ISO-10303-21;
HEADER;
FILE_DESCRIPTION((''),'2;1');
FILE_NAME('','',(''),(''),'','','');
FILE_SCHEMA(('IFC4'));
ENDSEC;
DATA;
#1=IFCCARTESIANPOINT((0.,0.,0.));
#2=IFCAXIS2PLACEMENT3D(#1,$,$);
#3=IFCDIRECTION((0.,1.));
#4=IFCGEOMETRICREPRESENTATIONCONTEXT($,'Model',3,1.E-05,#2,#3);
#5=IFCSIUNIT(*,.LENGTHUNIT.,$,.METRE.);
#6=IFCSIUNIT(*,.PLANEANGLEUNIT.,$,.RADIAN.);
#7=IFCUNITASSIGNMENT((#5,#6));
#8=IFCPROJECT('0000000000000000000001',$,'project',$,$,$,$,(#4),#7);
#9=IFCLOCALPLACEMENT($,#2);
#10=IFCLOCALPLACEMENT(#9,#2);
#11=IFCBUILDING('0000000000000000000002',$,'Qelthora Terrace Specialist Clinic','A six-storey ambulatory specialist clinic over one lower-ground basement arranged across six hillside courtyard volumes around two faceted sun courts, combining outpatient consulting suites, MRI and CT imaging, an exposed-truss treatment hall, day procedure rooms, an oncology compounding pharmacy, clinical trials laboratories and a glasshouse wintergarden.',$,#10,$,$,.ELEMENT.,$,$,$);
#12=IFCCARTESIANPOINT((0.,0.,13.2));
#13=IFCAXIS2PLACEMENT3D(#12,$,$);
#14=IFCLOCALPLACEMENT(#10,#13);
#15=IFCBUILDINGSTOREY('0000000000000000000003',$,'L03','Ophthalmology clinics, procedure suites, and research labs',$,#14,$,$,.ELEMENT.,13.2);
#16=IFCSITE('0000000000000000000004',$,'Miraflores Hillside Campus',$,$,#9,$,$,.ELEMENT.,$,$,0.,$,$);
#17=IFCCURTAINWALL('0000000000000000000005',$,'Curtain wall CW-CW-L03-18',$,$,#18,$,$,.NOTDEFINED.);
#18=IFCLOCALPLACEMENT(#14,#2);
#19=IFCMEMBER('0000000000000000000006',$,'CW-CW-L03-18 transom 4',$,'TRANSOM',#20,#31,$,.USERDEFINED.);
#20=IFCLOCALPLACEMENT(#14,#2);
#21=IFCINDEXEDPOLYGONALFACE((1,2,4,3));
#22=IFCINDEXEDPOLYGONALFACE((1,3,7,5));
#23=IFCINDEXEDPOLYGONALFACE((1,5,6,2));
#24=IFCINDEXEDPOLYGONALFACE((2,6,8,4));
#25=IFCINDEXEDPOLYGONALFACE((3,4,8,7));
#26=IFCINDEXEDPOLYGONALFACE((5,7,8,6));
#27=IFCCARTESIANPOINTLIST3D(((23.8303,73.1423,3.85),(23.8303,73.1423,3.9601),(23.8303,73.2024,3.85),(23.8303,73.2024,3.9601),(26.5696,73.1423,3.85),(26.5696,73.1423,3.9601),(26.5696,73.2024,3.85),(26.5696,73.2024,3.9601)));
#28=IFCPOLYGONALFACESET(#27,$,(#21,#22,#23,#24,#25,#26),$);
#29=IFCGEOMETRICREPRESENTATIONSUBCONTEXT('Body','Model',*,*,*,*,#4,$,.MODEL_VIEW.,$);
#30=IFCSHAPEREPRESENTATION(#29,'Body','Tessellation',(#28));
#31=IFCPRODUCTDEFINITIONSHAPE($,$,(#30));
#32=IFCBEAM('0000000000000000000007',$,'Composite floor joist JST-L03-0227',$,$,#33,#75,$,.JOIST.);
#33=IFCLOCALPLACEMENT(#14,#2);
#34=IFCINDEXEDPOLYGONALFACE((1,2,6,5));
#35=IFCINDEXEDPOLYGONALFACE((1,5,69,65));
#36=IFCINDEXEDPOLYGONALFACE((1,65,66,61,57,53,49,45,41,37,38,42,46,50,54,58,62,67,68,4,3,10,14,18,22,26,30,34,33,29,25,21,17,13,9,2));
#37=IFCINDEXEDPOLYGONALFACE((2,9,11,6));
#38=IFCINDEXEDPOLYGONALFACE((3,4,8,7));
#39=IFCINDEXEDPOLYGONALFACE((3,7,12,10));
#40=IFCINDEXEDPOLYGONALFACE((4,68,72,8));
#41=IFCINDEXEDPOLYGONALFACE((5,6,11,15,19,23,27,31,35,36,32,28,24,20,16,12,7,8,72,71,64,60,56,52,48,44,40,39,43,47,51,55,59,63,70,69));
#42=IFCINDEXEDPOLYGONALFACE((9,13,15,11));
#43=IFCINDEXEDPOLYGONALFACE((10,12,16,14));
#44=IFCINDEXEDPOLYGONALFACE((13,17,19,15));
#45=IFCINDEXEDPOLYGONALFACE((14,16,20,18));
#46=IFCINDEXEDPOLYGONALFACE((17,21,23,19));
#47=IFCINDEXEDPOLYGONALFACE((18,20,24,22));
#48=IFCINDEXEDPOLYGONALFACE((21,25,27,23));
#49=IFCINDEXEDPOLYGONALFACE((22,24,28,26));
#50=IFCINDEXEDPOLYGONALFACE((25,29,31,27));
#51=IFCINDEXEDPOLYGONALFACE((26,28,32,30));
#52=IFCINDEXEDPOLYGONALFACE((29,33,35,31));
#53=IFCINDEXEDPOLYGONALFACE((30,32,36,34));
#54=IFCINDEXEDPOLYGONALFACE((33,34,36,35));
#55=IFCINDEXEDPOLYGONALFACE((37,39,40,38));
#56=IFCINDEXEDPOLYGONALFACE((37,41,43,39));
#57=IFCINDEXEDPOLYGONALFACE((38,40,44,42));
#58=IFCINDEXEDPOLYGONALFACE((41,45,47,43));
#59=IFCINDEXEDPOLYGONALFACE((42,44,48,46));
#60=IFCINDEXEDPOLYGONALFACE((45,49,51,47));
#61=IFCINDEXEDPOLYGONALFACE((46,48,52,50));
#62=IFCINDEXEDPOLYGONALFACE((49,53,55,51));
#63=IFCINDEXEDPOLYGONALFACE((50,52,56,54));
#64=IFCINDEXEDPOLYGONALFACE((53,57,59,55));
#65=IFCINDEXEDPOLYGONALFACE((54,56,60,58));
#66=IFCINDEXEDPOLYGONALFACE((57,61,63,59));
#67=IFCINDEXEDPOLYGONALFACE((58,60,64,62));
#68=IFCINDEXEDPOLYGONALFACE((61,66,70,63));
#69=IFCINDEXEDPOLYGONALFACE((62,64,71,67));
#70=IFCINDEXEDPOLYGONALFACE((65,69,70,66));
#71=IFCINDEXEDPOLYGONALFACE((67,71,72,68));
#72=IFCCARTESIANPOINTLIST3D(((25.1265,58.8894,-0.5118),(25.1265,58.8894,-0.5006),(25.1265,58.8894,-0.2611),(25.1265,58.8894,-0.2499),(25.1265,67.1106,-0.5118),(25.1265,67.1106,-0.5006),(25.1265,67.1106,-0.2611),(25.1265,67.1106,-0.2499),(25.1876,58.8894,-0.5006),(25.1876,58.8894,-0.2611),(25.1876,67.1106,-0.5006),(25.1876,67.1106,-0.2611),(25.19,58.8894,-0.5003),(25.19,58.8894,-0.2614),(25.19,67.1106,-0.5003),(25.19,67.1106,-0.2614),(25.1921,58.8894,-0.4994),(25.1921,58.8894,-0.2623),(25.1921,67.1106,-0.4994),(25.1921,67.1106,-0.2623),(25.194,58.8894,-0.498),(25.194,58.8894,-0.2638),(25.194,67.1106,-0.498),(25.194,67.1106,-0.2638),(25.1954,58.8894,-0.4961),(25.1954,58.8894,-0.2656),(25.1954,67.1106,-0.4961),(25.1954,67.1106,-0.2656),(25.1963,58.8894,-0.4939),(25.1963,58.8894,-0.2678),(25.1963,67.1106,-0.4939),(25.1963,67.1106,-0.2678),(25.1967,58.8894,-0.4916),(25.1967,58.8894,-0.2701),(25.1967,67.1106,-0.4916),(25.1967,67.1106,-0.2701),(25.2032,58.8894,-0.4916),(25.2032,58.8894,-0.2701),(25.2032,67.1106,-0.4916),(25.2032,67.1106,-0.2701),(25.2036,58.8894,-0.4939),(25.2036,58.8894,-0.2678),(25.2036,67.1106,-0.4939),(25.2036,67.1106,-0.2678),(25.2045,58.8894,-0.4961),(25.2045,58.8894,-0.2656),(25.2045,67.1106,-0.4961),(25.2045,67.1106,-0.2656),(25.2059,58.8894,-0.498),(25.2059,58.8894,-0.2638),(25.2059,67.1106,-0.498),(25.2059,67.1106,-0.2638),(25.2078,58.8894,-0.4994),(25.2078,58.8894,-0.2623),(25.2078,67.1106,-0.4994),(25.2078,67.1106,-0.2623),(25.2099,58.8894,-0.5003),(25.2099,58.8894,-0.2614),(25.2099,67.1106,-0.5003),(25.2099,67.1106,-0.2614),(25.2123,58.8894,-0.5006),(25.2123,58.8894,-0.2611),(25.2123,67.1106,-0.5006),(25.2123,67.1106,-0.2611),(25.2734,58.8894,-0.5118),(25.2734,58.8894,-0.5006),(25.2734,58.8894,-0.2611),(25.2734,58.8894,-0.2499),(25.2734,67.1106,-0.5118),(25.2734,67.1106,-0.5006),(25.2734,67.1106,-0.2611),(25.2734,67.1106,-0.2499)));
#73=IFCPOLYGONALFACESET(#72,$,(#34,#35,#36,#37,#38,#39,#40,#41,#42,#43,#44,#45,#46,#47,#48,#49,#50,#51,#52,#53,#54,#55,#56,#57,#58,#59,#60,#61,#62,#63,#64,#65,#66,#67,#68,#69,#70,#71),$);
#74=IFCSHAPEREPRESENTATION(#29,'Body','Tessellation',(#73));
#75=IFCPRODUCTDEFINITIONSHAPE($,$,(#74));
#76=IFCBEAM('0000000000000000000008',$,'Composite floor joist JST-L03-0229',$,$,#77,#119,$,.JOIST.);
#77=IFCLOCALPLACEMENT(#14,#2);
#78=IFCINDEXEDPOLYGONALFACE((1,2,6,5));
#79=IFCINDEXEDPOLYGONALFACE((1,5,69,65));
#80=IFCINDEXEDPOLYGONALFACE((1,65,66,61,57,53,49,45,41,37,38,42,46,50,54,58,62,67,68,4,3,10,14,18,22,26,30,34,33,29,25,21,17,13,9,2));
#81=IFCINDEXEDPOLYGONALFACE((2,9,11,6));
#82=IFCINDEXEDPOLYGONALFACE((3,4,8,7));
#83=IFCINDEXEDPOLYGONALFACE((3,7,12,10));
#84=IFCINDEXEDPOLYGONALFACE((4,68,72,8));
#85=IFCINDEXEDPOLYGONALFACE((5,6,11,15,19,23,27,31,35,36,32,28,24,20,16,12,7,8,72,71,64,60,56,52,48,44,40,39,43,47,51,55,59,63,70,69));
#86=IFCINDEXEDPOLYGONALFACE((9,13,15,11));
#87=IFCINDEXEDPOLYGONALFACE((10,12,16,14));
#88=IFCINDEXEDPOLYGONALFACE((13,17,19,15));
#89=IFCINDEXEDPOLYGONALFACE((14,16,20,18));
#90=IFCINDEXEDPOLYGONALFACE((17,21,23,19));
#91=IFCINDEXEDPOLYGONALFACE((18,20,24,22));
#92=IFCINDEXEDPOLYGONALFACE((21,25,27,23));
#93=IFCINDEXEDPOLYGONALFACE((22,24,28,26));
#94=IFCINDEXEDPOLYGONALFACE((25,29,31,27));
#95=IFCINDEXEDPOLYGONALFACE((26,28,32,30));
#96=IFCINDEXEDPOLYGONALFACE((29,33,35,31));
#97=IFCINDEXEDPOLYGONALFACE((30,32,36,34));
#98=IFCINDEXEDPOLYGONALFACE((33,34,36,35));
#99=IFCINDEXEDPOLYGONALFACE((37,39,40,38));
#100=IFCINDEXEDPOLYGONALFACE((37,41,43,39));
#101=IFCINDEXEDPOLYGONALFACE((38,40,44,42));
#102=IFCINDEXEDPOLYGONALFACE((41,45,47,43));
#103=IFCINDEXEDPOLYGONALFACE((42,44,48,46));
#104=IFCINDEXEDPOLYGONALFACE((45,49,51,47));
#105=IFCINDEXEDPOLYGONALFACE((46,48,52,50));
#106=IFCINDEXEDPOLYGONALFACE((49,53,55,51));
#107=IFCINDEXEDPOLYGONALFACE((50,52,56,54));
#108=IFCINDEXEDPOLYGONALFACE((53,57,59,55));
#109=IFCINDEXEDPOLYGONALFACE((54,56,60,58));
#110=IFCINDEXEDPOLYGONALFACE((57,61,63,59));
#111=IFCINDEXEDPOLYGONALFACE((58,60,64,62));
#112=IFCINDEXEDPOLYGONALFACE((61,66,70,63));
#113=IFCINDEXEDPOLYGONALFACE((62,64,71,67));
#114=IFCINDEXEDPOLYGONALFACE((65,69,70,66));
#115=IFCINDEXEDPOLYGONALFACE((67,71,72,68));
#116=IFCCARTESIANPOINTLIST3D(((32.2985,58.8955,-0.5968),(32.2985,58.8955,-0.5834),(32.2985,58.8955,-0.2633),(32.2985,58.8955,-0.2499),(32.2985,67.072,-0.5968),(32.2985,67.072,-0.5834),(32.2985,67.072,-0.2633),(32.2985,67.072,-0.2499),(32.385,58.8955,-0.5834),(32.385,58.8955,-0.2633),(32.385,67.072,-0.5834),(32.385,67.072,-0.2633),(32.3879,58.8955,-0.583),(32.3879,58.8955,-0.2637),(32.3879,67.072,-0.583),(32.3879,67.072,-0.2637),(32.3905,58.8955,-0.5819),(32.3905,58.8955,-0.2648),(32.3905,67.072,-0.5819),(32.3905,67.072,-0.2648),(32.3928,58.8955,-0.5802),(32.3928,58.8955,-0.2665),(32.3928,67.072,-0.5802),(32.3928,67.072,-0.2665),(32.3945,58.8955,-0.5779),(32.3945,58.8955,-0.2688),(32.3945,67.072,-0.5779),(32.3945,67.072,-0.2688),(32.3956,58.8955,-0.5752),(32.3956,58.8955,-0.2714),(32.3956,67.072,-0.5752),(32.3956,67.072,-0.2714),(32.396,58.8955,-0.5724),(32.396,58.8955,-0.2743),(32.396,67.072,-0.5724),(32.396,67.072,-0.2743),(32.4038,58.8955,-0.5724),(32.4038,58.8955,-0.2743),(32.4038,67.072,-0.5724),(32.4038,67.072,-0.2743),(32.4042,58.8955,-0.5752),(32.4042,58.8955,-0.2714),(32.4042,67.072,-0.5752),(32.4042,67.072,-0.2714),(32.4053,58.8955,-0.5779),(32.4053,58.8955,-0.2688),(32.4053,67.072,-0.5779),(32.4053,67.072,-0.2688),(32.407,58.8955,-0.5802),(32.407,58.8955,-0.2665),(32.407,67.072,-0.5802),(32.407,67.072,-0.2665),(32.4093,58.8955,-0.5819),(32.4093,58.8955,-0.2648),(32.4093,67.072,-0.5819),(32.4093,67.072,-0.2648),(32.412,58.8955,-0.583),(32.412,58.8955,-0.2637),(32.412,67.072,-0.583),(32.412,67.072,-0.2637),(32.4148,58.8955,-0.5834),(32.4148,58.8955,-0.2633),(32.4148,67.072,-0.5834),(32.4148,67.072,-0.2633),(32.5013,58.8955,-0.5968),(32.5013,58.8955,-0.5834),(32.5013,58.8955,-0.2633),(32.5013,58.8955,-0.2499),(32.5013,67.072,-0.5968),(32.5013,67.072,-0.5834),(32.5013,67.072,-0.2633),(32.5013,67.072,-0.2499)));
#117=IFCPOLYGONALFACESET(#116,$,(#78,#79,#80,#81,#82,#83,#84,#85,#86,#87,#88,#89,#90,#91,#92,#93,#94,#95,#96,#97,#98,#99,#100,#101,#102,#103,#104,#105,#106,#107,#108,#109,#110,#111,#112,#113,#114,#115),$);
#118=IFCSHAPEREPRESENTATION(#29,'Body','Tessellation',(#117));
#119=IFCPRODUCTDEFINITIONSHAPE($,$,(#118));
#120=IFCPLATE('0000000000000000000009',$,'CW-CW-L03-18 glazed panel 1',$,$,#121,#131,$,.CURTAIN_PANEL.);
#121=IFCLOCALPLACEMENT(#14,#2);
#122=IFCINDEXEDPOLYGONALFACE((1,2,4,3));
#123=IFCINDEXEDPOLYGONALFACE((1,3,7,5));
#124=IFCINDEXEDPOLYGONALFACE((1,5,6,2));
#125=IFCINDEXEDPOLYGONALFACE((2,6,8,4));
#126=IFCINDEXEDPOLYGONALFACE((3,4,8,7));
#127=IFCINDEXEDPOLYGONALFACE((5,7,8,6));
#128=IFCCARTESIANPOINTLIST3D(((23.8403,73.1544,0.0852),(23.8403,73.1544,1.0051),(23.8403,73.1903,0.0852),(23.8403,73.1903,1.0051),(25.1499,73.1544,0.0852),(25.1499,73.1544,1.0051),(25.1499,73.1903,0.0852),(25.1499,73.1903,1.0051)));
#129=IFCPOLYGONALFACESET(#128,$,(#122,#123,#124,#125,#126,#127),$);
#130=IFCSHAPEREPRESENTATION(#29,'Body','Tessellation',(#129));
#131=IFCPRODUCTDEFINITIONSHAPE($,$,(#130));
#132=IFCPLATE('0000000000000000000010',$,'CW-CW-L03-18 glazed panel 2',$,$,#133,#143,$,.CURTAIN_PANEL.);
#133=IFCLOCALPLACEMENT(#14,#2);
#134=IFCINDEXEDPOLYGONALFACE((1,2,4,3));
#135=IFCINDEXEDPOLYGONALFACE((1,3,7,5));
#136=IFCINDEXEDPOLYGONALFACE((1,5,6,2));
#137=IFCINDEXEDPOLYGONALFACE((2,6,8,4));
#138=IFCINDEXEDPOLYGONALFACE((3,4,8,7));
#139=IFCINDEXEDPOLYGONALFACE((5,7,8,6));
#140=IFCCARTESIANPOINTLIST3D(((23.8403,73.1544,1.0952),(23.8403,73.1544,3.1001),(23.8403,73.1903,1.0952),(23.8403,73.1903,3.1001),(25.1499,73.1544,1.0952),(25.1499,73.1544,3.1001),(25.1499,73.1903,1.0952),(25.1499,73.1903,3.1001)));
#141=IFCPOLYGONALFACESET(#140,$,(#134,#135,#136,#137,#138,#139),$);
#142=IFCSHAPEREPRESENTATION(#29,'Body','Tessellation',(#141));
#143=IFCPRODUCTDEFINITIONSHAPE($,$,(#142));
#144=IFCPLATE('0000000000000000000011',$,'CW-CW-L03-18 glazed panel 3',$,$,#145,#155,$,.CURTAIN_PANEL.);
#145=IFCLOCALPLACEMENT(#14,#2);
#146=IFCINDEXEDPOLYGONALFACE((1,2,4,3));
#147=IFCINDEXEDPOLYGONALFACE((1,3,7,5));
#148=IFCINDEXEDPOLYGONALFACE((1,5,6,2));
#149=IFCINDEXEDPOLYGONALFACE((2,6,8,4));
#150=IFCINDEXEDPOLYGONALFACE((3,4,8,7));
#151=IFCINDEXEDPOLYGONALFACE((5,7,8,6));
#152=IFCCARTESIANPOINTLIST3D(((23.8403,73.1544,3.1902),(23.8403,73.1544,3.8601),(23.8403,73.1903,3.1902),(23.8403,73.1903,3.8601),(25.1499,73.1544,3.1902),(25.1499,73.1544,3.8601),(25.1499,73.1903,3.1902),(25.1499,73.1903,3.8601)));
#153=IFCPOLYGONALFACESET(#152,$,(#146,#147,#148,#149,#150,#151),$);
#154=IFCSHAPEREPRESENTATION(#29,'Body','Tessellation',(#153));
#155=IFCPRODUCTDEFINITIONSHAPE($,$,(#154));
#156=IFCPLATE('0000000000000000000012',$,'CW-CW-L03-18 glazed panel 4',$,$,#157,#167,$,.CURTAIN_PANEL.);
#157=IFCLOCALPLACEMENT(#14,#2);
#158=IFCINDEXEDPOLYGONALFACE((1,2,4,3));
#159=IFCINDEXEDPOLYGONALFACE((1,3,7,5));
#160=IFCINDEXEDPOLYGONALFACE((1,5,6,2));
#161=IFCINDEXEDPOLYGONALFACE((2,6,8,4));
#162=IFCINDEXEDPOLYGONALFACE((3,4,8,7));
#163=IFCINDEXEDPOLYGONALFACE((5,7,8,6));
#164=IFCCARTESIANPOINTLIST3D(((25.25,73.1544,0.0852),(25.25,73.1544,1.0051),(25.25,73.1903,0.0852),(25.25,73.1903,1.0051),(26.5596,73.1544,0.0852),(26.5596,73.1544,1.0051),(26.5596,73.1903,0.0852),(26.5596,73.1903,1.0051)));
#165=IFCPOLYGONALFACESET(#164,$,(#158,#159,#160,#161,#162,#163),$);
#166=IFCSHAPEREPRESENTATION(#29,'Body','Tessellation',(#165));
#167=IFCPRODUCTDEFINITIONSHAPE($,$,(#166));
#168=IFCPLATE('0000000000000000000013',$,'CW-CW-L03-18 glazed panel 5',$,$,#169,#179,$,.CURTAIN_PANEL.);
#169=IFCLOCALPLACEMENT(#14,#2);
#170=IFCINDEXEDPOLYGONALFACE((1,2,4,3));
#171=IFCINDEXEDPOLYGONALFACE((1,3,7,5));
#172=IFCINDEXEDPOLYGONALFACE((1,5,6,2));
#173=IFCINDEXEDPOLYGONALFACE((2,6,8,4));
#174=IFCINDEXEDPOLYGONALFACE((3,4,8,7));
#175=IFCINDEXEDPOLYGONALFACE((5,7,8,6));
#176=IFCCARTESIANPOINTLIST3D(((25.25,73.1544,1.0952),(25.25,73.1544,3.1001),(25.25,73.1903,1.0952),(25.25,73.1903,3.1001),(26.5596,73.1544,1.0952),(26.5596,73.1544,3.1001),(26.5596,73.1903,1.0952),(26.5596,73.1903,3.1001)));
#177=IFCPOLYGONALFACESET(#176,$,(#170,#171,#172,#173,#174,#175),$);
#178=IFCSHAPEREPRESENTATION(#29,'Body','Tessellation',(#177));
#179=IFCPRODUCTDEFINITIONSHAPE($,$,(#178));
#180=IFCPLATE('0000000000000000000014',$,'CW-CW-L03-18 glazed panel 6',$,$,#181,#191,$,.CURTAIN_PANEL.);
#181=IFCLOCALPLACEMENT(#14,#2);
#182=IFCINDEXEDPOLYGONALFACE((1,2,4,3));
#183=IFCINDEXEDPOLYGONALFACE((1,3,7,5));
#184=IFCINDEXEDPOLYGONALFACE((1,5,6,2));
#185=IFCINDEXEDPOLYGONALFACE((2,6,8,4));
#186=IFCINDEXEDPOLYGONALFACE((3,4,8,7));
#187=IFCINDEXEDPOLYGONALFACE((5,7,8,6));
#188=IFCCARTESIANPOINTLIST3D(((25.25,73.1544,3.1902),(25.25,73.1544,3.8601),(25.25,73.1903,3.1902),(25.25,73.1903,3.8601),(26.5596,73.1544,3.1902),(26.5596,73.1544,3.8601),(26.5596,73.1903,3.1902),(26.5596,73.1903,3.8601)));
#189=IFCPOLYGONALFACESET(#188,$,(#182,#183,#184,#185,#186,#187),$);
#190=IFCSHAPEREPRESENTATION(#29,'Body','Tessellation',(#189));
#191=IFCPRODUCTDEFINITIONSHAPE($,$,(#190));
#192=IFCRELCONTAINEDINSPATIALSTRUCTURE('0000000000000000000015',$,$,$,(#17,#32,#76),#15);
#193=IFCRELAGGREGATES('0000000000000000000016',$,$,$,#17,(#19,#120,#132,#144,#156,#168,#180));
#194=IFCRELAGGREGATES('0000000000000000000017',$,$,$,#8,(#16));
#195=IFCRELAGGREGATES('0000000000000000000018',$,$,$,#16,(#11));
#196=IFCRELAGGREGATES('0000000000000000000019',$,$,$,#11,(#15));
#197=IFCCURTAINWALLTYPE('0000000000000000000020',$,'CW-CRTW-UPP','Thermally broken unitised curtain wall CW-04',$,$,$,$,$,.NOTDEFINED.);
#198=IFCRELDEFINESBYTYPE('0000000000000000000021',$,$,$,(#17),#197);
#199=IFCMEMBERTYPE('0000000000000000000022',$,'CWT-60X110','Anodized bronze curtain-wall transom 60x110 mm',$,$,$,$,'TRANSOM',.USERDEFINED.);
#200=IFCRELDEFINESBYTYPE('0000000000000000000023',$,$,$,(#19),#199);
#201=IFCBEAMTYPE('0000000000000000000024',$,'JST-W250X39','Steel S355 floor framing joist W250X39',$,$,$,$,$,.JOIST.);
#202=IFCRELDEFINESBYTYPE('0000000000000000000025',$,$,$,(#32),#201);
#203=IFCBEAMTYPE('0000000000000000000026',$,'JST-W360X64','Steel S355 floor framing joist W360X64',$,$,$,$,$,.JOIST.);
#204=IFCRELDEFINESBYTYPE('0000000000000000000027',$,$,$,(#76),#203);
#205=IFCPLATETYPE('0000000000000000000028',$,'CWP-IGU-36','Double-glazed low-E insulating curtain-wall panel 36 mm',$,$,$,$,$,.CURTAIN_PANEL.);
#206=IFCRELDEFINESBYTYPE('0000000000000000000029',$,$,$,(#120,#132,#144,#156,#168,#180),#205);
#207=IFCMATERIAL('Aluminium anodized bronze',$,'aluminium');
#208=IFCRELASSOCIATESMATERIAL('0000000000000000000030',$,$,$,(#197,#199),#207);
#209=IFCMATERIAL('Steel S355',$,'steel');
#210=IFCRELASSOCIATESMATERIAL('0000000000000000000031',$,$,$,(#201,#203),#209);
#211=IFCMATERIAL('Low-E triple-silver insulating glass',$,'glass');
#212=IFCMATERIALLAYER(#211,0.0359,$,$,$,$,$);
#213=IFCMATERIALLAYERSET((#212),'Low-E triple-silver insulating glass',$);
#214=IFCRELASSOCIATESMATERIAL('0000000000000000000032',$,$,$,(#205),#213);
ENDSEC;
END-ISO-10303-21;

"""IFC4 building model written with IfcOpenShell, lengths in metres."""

from ifc_helpers import new_model, si_unit, direction, frame, origin, origin_2d, place, context, subcontext, project, spatial, rectangle, i_section, extrude, material, layer, layer_set, material_profile, profile_set, type_object, element, aggregate, save


model = new_model("IFC4")

# Units and contexts
model_context = context("Model", 3, precision=1e-05, world=origin(), true_north=direction((0.0, 1.0)))
body_context = subcontext(model_context, "Body", "Model", "MODEL_VIEW")
ifc_project = project(units=[si_unit("LENGTHUNIT", "METRE"), si_unit("PLANEANGLEUNIT", "RADIAN")], contexts=[model_context])

# Site, building, storey
site_placement = place(None, origin())
site = spatial("IfcSite", under=ifc_project, at=site_placement, Name="Miraflores Hillside Campus", CompositionType="ELEMENT", RefElevation=0.0)
building_placement = place(site_placement, origin())
building = spatial("IfcBuilding", under=site, at=building_placement, Name="Qelthora Terrace Specialist Clinic", Description="A six-storey ambulatory specialist clinic over one lower-ground basement arranged across six hillside courtyard volumes around two faceted sun courts, combining outpatient consulting suites, MRI and CT imaging, an exposed-truss treatment hall, day procedure rooms, an oncology compounding pharmacy, clinical trials laboratories and a glasshouse wintergarden.", CompositionType="ELEMENT")
storey_placement = place(building_placement, frame((0.0, 0.0, 13.2)))
storey = spatial("IfcBuildingStorey", under=building, at=storey_placement, Name="L03", Description="Ophthalmology clinics, procedure suites, and research labs", CompositionType="ELEMENT", Elevation=13.2)

# Shared definitions
ifc_material_1 = material(Name="Steel S355", Category="steel")

# Curtain wall
ifc_material_2 = material(Name="Aluminium anodized bronze", Category="aluminium")
curtain_wall_type = type_object("IfcCurtainWallType", Name="CW-CRTW-UPP", Description="Thermally broken unitised curtain wall CW-04", PredefinedType="NOTDEFINED", material=ifc_material_2)
curtain_wall_1_placement = place(storey_placement, origin())
curtain_wall_1 = element("IfcCurtainWall", 1, at=curtain_wall_1_placement, inside=storey, type_object=curtain_wall_type, Name="Curtain wall CW-CW-L03-18", PredefinedType="NOTDEFINED")

# Member
ifc_material_profile_1 = material_profile(ifc_material_2, rectangle(XDim=0.0601, YDim=0.1101, at=origin_2d()), Name="CWT60X110")
ifc_profile_set_1 = profile_set([ifc_material_profile_1], Name="Aluminium anodized bronze")
member_type_1 = type_object("IfcMemberType", Name="CWT-60X110", Description="Anodized bronze curtain-wall transom 60x110 mm", ElementType="TRANSOM", PredefinedType="USERDEFINED", material=ifc_profile_set_1)
member_1_placement = place(storey_placement, frame((23.8303, 73.1724, 3.905), z_axis=(1.0, 0.0, 0.0), x_axis=(0.0, 1.0, 0.0)))
member_1 = element("IfcMember", 2, at=member_1_placement, type_object=member_type_1, Name="CW-CW-L03-18 transom 4", ObjectType="TRANSOM", PredefinedType="USERDEFINED", context=body_context, shape_type="SweptSolid", body=[
    extrude(rectangle(XDim=0.0601, YDim=0.1101, at=origin_2d()), origin(), (0.0, 0.0, 1.0), 2.7393),
])

# Beams
ifc_material_profile_2 = material_profile(ifc_material_1, i_section(OverallWidth=0.147, OverallDepth=0.262, WebThickness=0.0066, FlangeThickness=0.0112, FilletRadius=0.009, at=origin_2d()), Name="W250X39")
ifc_profile_set_2 = profile_set([ifc_material_profile_2], Name="Steel S355")
beam_type_1 = type_object("IfcBeamType", Name="JST-W250X39", Description="Steel S355 floor framing joist W250X39", PredefinedType="JOIST", material=ifc_profile_set_2)
beam_1_placement = place(storey_placement, frame((25.2, 58.8894, -0.3809), z_axis=(0.0, 1.0, 0.0), x_axis=(-1.0, 0.0, 0.0)))
element("IfcBeam", 3, at=beam_1_placement, inside=storey, type_object=beam_type_1, Name="Composite floor joist JST-L03-0227", PredefinedType="JOIST", context=body_context, shape_type="SweptSolid", body=[
    extrude(i_section(OverallWidth=0.147, OverallDepth=0.262, WebThickness=0.0066, FlangeThickness=0.0112, FilletRadius=0.009, at=origin_2d()), origin(), (0.0, 0.0, 1.0), 8.2212),
])
ifc_material_profile_3 = material_profile(ifc_material_1, i_section(OverallWidth=0.2029, OverallDepth=0.3469, WebThickness=0.0078, FlangeThickness=0.0134, FilletRadius=0.011, at=origin_2d()), Name="W360X64")
ifc_profile_set_3 = profile_set([ifc_material_profile_3], Name="Steel S355")
beam_type_2 = type_object("IfcBeamType", Name="JST-W360X64", Description="Steel S355 floor framing joist W360X64", PredefinedType="JOIST", material=ifc_profile_set_3)
beam_2_placement = place(storey_placement, frame((32.3999, 58.8955, -0.4233), z_axis=(0.0, 1.0, 0.0), x_axis=(-1.0, 0.0, 0.0)))
element("IfcBeam", 4, at=beam_2_placement, inside=storey, type_object=beam_type_2, Name="Composite floor joist JST-L03-0229", PredefinedType="JOIST", context=body_context, shape_type="SweptSolid", body=[
    extrude(i_section(OverallWidth=0.2029, OverallDepth=0.3469, WebThickness=0.0078, FlangeThickness=0.0134, FilletRadius=0.011, at=origin_2d()), origin(), (0.0, 0.0, 1.0), 8.1765),
])

# Plates
ifc_material_3 = material(Name="Low-E triple-silver insulating glass", Category="glass")
ifc_layer_1 = layer(ifc_material_3, 0.0359)
ifc_layer_set_1 = layer_set([ifc_layer_1], Name="Low-E triple-silver insulating glass")
plate_type = type_object("IfcPlateType", Name="CWP-IGU-36", Description="Double-glazed low-E insulating curtain-wall panel 36 mm", PredefinedType="CURTAIN_PANEL", material=ifc_layer_set_1)
plate_1_placement = place(storey_placement, frame((24.4951, 73.1724, 0.0852), z_axis=(0.0, 0.0, 1.0), x_axis=(1.0, 0.0, 0.0)))
plate_1 = element("IfcPlate", 5, at=plate_1_placement, type_object=plate_type, Name="CW-CW-L03-18 glazed panel 1", PredefinedType="CURTAIN_PANEL", context=body_context, shape_type="SweptSolid", body=[
    extrude(rectangle(XDim=1.3096, YDim=0.0359, at=origin_2d()), origin(), (0.0, 0.0, 1.0), 0.9199),
])
plate_2_placement = place(storey_placement, frame((24.4951, 73.1724, 1.0952), z_axis=(0.0, 0.0, 1.0), x_axis=(1.0, 0.0, 0.0)))
plate_2 = element("IfcPlate", 6, at=plate_2_placement, type_object=plate_type, Name="CW-CW-L03-18 glazed panel 2", PredefinedType="CURTAIN_PANEL", context=body_context, shape_type="SweptSolid", body=[
    extrude(rectangle(XDim=1.3096, YDim=0.0359, at=origin_2d()), origin(), (0.0, 0.0, 1.0), 2.0049),
])
plate_3_placement = place(storey_placement, frame((24.4951, 73.1724, 3.1902), z_axis=(0.0, 0.0, 1.0), x_axis=(1.0, 0.0, 0.0)))
plate_3 = element("IfcPlate", 7, at=plate_3_placement, type_object=plate_type, Name="CW-CW-L03-18 glazed panel 3", PredefinedType="CURTAIN_PANEL", context=body_context, shape_type="SweptSolid", body=[
    extrude(rectangle(XDim=1.3096, YDim=0.0359, at=origin_2d()), origin(), (0.0, 0.0, 1.0), 0.6699),
])
plate_4_placement = place(storey_placement, frame((25.9048, 73.1724, 0.0852), z_axis=(0.0, 0.0, 1.0), x_axis=(1.0, 0.0, 0.0)))
plate_4 = element("IfcPlate", 8, at=plate_4_placement, type_object=plate_type, Name="CW-CW-L03-18 glazed panel 4", PredefinedType="CURTAIN_PANEL", context=body_context, shape_type="SweptSolid", body=[
    extrude(rectangle(XDim=1.3096, YDim=0.0359, at=origin_2d()), origin(), (0.0, 0.0, 1.0), 0.9199),
])
plate_5_placement = place(storey_placement, frame((25.9048, 73.1724, 1.0952), z_axis=(0.0, 0.0, 1.0), x_axis=(1.0, 0.0, 0.0)))
plate_5 = element("IfcPlate", 9, at=plate_5_placement, type_object=plate_type, Name="CW-CW-L03-18 glazed panel 5", PredefinedType="CURTAIN_PANEL", context=body_context, shape_type="SweptSolid", body=[
    extrude(rectangle(XDim=1.3096, YDim=0.0359, at=origin_2d()), origin(), (0.0, 0.0, 1.0), 2.0049),
])
plate_6_placement = place(storey_placement, frame((25.9048, 73.1724, 3.1902), z_axis=(0.0, 0.0, 1.0), x_axis=(1.0, 0.0, 0.0)))
plate_6 = element("IfcPlate", 10, at=plate_6_placement, type_object=plate_type, Name="CW-CW-L03-18 glazed panel 6", PredefinedType="CURTAIN_PANEL", context=body_context, shape_type="SweptSolid", body=[
    extrude(rectangle(XDim=1.3096, YDim=0.0359, at=origin_2d()), origin(), (0.0, 0.0, 1.0), 0.6699),
])
aggregate(curtain_wall_1, [member_1, plate_1, plate_2, plate_3, plate_4, plate_5, plate_6])

save(model, "model.ifc")
